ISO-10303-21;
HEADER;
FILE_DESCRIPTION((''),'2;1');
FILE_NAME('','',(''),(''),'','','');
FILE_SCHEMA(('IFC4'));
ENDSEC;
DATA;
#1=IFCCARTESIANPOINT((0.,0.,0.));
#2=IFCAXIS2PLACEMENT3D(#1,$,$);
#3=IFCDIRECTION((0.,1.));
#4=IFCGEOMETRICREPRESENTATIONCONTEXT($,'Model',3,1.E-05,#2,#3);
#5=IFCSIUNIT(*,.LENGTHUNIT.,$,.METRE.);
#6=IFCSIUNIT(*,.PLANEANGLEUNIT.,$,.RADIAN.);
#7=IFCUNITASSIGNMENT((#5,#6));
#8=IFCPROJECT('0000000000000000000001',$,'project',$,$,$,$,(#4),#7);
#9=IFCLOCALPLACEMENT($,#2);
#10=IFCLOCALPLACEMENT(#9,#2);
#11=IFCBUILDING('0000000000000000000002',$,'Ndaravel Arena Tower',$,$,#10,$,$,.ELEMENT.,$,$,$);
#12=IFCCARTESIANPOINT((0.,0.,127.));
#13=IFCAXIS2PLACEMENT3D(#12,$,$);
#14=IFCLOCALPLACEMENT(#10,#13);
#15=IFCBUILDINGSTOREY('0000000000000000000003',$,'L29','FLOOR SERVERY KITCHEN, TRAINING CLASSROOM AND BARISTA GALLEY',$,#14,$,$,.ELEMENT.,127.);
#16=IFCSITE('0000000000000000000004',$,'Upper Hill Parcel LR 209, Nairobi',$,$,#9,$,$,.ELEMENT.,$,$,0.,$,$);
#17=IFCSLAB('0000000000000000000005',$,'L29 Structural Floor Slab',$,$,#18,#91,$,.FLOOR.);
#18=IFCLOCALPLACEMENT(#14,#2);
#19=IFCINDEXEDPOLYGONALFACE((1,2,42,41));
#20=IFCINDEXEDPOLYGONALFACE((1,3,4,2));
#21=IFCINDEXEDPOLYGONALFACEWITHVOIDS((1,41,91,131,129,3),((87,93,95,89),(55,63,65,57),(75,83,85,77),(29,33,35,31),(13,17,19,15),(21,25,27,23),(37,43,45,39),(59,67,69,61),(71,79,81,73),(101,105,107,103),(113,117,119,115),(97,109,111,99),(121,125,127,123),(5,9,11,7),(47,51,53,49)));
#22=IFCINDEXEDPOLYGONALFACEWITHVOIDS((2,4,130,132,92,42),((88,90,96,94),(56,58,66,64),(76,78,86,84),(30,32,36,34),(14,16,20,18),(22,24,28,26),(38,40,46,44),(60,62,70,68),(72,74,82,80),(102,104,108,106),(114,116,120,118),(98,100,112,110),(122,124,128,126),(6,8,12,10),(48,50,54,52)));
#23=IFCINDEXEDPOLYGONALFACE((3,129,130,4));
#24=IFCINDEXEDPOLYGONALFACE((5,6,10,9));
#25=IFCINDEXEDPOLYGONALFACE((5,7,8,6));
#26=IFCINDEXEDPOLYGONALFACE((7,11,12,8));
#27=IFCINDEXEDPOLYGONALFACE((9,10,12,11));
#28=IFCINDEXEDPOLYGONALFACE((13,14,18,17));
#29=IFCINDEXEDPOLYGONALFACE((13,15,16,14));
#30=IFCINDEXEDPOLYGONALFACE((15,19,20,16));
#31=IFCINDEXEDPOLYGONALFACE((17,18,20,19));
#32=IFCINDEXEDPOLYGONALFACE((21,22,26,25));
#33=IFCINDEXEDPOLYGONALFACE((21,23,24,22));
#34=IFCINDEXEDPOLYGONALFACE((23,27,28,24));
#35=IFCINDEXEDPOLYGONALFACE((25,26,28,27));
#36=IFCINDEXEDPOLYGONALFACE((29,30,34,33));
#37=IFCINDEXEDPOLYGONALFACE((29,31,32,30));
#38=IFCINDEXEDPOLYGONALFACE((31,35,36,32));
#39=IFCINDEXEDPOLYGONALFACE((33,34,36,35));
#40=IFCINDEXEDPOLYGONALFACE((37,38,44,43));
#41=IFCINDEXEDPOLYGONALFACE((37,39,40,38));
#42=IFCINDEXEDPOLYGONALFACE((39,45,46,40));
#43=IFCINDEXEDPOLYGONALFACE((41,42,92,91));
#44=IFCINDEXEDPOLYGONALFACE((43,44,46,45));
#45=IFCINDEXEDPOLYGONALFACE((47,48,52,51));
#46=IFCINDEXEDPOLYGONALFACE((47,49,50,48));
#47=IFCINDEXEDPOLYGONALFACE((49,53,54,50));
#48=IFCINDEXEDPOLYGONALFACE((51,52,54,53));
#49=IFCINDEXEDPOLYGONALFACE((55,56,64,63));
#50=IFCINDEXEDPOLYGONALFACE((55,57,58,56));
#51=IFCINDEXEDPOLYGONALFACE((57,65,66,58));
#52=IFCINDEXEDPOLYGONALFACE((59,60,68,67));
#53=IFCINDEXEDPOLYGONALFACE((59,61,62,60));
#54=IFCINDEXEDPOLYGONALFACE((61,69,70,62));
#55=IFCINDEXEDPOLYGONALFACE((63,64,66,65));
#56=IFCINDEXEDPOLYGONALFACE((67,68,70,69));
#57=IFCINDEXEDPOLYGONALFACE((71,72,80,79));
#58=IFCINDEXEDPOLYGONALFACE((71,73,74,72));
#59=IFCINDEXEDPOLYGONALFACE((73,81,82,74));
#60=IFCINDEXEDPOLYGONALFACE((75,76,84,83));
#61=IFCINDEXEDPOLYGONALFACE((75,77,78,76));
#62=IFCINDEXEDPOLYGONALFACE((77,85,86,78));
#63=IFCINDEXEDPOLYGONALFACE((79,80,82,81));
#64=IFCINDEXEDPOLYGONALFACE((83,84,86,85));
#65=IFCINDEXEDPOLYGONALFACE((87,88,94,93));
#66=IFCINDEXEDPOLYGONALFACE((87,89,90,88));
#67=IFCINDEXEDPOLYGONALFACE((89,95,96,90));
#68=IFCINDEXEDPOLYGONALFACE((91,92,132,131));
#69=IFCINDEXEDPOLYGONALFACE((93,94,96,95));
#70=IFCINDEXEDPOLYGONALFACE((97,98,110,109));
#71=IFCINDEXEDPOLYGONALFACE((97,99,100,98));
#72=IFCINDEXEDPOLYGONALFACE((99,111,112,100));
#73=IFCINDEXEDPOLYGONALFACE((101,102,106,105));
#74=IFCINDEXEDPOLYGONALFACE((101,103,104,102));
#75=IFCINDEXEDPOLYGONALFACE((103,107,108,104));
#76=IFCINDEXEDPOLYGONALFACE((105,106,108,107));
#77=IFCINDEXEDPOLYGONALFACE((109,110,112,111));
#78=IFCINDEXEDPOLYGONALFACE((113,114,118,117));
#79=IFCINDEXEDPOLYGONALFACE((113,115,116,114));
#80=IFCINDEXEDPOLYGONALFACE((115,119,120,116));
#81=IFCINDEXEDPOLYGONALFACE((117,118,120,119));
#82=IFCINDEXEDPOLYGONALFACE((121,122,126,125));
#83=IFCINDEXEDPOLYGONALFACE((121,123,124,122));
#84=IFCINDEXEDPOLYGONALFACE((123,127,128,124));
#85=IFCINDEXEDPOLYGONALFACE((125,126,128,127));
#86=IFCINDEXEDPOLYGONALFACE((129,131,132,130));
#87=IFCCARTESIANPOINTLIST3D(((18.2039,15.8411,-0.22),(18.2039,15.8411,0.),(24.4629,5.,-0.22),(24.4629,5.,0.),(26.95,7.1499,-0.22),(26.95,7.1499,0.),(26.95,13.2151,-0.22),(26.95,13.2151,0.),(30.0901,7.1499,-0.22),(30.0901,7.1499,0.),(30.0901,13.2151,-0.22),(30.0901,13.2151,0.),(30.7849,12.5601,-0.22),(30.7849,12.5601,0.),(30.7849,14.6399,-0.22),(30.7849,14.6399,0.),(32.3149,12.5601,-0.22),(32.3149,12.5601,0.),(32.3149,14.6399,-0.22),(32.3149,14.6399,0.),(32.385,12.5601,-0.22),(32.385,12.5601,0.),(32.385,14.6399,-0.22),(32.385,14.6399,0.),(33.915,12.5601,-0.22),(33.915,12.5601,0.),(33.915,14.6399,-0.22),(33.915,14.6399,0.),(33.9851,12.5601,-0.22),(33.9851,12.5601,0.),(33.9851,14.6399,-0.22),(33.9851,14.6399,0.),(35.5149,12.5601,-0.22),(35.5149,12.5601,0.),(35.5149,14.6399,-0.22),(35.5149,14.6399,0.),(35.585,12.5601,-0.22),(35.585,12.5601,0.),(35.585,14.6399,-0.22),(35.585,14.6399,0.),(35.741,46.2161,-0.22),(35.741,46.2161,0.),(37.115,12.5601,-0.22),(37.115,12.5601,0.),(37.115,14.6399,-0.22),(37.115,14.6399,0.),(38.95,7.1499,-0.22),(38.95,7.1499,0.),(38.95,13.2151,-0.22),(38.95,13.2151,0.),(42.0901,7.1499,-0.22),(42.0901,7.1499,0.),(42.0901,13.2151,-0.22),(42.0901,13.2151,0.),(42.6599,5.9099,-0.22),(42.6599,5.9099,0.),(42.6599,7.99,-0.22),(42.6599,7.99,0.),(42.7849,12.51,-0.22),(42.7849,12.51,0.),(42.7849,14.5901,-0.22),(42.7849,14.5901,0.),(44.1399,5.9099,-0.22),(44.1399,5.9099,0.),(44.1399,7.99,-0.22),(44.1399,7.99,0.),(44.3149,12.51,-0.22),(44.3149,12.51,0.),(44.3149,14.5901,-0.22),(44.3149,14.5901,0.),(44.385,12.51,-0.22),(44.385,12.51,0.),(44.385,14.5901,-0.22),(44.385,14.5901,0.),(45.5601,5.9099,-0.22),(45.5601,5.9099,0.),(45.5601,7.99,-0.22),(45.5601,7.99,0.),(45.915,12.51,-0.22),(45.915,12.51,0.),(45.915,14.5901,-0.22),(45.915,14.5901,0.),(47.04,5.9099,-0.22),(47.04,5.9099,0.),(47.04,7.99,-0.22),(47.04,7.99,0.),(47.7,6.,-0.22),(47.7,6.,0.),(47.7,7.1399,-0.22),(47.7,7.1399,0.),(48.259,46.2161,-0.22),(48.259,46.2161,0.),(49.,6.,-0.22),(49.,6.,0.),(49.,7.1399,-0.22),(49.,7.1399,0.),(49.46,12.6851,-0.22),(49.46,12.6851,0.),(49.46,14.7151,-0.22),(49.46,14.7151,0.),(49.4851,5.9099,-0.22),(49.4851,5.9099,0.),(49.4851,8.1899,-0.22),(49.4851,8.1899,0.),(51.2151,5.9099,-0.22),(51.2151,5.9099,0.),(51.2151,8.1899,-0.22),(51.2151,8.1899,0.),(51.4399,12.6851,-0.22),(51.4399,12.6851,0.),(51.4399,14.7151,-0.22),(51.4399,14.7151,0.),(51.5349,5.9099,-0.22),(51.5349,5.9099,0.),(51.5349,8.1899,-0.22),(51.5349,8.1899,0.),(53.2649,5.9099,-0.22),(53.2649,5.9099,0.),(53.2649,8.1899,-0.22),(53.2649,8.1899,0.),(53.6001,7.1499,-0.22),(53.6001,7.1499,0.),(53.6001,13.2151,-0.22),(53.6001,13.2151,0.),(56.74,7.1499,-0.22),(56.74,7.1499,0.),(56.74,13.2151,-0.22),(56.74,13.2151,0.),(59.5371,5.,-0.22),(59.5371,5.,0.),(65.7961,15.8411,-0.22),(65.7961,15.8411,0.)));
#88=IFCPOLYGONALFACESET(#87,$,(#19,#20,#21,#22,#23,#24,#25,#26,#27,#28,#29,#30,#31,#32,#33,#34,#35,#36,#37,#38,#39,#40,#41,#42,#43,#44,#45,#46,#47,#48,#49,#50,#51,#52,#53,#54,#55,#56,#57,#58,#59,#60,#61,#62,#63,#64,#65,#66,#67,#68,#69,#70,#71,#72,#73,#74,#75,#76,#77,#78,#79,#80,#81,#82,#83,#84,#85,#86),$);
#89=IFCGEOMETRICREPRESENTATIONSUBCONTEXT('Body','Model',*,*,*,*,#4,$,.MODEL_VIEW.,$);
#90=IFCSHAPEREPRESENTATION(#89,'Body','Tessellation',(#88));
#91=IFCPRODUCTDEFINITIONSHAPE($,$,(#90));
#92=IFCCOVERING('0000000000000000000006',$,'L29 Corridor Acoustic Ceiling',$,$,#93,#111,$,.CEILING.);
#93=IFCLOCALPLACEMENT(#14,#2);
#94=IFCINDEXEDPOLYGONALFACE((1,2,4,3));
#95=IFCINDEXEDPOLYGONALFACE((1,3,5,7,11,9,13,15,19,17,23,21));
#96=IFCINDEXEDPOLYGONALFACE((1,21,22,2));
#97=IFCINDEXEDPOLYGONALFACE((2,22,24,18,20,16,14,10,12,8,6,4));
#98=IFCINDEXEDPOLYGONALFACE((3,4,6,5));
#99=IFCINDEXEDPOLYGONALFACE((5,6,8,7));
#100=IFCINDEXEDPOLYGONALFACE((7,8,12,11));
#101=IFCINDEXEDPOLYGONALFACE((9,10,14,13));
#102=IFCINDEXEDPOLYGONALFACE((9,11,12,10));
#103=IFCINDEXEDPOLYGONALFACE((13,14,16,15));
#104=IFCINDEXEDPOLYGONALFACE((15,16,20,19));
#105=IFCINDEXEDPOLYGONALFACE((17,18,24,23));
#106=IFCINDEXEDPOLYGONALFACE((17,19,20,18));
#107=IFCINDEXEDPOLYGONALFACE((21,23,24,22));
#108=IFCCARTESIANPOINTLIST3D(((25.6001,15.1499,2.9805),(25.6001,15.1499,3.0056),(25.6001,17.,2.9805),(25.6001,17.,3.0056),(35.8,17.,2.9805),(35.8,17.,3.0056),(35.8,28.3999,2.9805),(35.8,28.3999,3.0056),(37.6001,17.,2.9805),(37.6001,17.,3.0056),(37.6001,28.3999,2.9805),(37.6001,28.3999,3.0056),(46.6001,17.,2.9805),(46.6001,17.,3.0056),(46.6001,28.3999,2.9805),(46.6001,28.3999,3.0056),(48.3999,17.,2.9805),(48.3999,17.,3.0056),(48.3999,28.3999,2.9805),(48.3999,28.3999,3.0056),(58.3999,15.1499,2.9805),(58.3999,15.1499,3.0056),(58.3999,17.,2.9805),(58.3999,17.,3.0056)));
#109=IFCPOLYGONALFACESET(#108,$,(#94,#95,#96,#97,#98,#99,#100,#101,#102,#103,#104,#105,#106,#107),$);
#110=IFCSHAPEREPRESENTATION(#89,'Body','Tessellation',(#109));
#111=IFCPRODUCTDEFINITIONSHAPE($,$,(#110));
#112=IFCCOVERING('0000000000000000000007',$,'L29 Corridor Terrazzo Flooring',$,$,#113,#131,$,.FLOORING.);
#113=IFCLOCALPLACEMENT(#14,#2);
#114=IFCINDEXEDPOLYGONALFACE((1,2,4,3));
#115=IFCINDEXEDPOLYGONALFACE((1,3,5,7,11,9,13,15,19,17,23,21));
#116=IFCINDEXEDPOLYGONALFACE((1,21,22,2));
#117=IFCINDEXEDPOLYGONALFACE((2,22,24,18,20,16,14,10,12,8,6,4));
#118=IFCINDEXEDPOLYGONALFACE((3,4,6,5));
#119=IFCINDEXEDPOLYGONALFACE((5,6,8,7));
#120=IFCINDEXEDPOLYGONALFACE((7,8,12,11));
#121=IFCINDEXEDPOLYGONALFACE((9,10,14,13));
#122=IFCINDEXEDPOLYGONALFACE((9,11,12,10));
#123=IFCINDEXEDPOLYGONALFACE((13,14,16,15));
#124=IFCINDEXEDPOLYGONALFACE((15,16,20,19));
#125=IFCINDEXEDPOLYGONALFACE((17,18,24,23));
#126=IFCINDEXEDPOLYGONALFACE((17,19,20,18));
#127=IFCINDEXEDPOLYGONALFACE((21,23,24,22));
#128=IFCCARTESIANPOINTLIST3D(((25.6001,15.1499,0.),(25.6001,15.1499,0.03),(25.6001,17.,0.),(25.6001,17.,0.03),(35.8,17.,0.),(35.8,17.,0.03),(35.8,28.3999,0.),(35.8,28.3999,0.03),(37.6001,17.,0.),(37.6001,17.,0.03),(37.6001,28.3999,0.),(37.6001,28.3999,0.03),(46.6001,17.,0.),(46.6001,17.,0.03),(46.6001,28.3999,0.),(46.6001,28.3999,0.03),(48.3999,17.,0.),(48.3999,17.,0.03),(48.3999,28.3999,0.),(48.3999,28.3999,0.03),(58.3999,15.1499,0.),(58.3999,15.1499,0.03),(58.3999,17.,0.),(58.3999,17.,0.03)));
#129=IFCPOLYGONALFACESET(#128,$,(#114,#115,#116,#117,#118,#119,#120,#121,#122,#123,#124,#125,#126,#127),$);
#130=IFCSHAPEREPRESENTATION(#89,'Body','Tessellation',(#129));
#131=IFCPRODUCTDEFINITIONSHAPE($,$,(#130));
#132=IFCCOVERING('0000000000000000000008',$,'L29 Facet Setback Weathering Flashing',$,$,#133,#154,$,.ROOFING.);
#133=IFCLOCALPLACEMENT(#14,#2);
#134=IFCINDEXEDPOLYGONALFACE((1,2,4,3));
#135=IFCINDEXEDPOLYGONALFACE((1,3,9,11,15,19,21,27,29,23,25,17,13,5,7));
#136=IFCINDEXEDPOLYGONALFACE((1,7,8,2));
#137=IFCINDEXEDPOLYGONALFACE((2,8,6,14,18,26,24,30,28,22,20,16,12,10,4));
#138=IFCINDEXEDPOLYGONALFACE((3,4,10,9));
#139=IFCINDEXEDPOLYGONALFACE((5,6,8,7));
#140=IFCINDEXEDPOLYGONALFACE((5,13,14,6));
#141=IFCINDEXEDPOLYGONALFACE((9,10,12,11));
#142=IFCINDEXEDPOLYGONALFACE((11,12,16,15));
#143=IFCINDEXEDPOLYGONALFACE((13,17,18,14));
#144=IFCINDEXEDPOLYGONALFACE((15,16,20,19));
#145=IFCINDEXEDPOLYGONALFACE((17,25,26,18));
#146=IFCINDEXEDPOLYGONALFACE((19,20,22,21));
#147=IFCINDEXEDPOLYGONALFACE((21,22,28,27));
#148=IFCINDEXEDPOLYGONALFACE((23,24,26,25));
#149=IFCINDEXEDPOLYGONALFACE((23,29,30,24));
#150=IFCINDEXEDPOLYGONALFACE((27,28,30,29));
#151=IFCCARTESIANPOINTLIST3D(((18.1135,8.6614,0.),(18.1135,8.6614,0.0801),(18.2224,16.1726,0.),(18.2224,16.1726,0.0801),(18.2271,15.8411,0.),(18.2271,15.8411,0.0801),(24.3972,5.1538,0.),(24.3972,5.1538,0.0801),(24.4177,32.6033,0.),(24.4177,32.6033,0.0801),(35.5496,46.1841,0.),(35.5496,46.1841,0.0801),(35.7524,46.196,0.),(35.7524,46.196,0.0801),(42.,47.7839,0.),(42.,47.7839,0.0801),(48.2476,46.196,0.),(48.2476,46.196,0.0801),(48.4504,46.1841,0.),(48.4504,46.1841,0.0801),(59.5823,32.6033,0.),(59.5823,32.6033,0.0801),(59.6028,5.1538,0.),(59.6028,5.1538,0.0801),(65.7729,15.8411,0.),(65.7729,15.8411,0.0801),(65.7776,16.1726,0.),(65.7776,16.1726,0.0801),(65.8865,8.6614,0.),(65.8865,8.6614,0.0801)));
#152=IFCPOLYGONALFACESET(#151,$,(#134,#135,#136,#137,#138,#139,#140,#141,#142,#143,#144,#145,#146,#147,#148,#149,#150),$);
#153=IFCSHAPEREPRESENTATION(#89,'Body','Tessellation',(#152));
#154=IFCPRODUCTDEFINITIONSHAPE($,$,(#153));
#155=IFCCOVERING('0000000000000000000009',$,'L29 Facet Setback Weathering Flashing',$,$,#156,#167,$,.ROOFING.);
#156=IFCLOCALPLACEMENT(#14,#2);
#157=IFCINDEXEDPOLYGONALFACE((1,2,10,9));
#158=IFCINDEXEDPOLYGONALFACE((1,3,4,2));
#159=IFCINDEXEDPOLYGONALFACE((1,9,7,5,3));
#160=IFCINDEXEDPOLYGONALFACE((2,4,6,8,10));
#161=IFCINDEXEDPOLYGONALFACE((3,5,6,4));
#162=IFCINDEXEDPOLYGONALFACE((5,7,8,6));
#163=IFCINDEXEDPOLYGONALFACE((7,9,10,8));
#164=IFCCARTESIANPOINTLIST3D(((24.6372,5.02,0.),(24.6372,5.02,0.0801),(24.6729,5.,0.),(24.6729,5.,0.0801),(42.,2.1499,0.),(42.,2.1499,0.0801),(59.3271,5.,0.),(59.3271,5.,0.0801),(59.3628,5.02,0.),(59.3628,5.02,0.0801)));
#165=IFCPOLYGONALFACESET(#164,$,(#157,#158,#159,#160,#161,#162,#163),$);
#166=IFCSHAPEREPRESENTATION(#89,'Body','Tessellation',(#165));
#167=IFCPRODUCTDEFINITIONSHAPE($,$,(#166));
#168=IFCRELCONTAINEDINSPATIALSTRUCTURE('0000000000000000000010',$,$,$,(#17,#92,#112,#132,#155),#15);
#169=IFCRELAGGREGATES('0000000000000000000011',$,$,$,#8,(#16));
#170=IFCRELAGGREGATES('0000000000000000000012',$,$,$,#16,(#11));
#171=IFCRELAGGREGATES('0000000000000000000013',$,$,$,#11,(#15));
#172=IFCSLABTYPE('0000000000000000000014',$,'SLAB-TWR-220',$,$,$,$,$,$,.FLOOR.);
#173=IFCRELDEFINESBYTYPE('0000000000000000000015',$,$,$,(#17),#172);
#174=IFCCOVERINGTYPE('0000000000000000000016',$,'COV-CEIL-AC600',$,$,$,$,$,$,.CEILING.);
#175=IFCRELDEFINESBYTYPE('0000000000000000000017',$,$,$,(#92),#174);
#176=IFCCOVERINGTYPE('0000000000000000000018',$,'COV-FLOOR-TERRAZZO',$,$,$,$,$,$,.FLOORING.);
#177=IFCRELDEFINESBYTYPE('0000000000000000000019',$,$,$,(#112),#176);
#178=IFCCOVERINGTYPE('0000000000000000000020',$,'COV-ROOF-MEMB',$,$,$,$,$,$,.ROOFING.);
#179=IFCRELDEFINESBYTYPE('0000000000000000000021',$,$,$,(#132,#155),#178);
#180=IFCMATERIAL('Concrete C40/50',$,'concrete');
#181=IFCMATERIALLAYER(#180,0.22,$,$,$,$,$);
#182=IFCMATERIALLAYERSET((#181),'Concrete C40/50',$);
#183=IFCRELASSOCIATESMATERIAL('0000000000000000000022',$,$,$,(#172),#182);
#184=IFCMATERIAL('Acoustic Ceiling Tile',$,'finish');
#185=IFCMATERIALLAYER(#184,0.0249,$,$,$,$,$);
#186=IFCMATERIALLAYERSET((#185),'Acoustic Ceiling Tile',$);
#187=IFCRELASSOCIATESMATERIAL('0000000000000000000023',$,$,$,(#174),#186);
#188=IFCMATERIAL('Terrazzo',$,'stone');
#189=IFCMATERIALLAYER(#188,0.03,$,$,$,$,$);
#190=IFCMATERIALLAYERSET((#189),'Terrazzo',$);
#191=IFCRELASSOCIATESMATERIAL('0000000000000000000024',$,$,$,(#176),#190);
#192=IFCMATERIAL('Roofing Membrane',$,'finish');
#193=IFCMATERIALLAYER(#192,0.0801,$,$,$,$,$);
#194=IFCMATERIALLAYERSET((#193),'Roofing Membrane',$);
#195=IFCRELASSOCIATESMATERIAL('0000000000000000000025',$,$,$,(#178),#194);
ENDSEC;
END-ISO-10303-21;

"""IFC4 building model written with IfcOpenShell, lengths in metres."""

from ifc_helpers import new_model, si_unit, direction, frame, origin, place, context, subcontext, project, spatial, polyline, outline, extrude, material, layer, layer_set, type_object, element, save


model = new_model("IFC4")

# Units and contexts
model_context = context("Model", 3, precision=1e-05, world=origin(), true_north=direction((0.0, 1.0)))
body_context = subcontext(model_context, "Body", "Model", "MODEL_VIEW")
ifc_project = project(units=[si_unit("LENGTHUNIT", "METRE"), si_unit("PLANEANGLEUNIT", "RADIAN")], contexts=[model_context])

# Site, building, storey
site_placement = place(None, origin())
site = spatial("IfcSite", under=ifc_project, at=site_placement, Name="Upper Hill Parcel LR 209, Nairobi", CompositionType="ELEMENT", RefElevation=0.0)
building_placement = place(site_placement, origin())
building = spatial("IfcBuilding", under=site, at=building_placement, Name="Ndaravel Arena Tower", CompositionType="ELEMENT")
storey_placement = place(building_placement, frame((0.0, 0.0, 127.0)))
storey = spatial("IfcBuildingStorey", under=building, at=storey_placement, Name="L29", Description="FLOOR SERVERY KITCHEN, TRAINING CLASSROOM AND BARISTA GALLEY", CompositionType="ELEMENT", Elevation=127.0)

# Slab
ifc_material_1 = material(Name="Concrete C40/50", Category="concrete")
ifc_layer_1 = layer(ifc_material_1, 0.22)
ifc_layer_set_1 = layer_set([ifc_layer_1], Name="Concrete C40/50")
slab_type_1 = type_object("IfcSlabType", Name="SLAB-TWR-220", PredefinedType="FLOOR", material=ifc_layer_set_1)
slab_1_placement = place(storey_placement, frame((0.0, 0.0, -0.22)))
element("IfcSlab", 1, at=slab_1_placement, inside=storey, type_object=slab_type_1, Name="L29 Structural Floor Slab", PredefinedType="FLOOR", context=body_context, shape_type="SweptSolid", body=[
    extrude(outline(polyline([(18.2039, 15.8411), (24.4629, 5.0), (59.5371, 5.0), (65.7961, 15.8411), (48.259, 46.2161), (35.741, 46.2161), (18.2039, 15.8411)]), holes=[polyline([(26.95, 13.2151), (26.95, 7.1499), (30.0901, 7.1499), (30.0901, 13.2151), (26.95, 13.2151)]), polyline([(38.95, 13.2151), (38.95, 7.1499), (42.0901, 7.1499), (42.0901, 13.2151), (38.95, 13.2151)]), polyline([(53.6001, 13.2151), (53.6001, 7.1499), (56.74, 7.1499), (56.74, 13.2151), (53.6001, 13.2151)]), polyline([(30.7849, 12.5601), (32.3149, 12.5601), (32.3149, 14.6399), (30.7849, 14.6399), (30.7849, 12.5601)]), polyline([(32.385, 12.5601), (33.915, 12.5601), (33.915, 14.6399), (32.385, 14.6399), (32.385, 12.5601)]), polyline([(33.9851, 12.5601), (35.5149, 12.5601), (35.5149, 14.6399), (33.9851, 14.6399), (33.9851, 12.5601)]), polyline([(35.585, 12.5601), (37.115, 12.5601), (37.115, 14.6399), (35.585, 14.6399), (35.585, 12.5601)]), polyline([(42.6599, 5.9099), (44.1399, 5.9099), (44.1399, 7.99), (42.6599, 7.99), (42.6599, 5.9099)]), polyline([(45.5601, 5.9099), (47.04, 5.9099), (47.04, 7.99), (45.5601, 7.99), (45.5601, 5.9099)]), polyline([(42.7849, 12.51), (44.3149, 12.51), (44.3149, 14.5901), (42.7849, 14.5901), (42.7849, 12.51)]), polyline([(44.385, 12.51), (45.915, 12.51), (45.915, 14.5901), (44.385, 14.5901), (44.385, 12.51)]), polyline([(49.4851, 5.9099), (51.2151, 5.9099), (51.2151, 8.1899), (49.4851, 8.1899), (49.4851, 5.9099)]), polyline([(51.5349, 5.9099), (53.2649, 5.9099), (53.2649, 8.1899), (51.5349, 8.1899), (51.5349, 5.9099)]), polyline([(49.46, 12.6851), (51.4399, 12.6851), (51.4399, 14.7151), (49.46, 14.7151), (49.46, 12.6851)]), polyline([(47.7, 6.0), (49.0, 6.0), (49.0, 7.1399), (47.7, 7.1399), (47.7, 6.0)])]), origin(), (0.0, 0.0, 1.0), 0.22),
])

# Coverings
ifc_material_2 = material(Name="Acoustic Ceiling Tile", Category="finish")
ifc_layer_2 = layer(ifc_material_2, 0.0249)
ifc_layer_set_2 = layer_set([ifc_layer_2], Name="Acoustic Ceiling Tile")
covering_type_1 = type_object("IfcCoveringType", Name="COV-CEIL-AC600", PredefinedType="CEILING", material=ifc_layer_set_2)
covering_1_placement = place(storey_placement, frame((0.0, 0.0, 2.9805)))
element("IfcCovering", 2, at=covering_1_placement, inside=storey, type_object=covering_type_1, Name="L29 Corridor Acoustic Ceiling", PredefinedType="CEILING", context=body_context, shape_type="SweptSolid", body=[
    extrude(outline(polyline([(58.3999, 17.0), (48.3999, 17.0), (48.3999, 28.3999), (46.6001, 28.3999), (46.6001, 17.0), (37.6001, 17.0), (37.6001, 28.3999), (35.8, 28.3999), (35.8, 17.0), (25.6001, 17.0), (25.6001, 15.1499), (58.3999, 15.1499), (58.3999, 17.0)])), origin(), (0.0, 0.0, 1.0), 0.0251),
])
ifc_material_3 = material(Name="Terrazzo", Category="stone")
ifc_layer_3 = layer(ifc_material_3, 0.03)
ifc_layer_set_3 = layer_set([ifc_layer_3], Name="Terrazzo")
covering_type_2 = type_object("IfcCoveringType", Name="COV-FLOOR-TERRAZZO", PredefinedType="FLOORING", material=ifc_layer_set_3)
covering_2_placement = place(storey_placement, origin())
element("IfcCovering", 3, at=covering_2_placement, inside=storey, type_object=covering_type_2, Name="L29 Corridor Terrazzo Flooring", PredefinedType="FLOORING", context=body_context, shape_type="SweptSolid", body=[
    extrude(outline(polyline([(58.3999, 17.0), (48.3999, 17.0), (48.3999, 28.3999), (46.6001, 28.3999), (46.6001, 17.0), (37.6001, 17.0), (37.6001, 28.3999), (35.8, 28.3999), (35.8, 17.0), (25.6001, 17.0), (25.6001, 15.1499), (58.3999, 15.1499), (58.3999, 17.0)])), origin(), (0.0, 0.0, 1.0), 0.03),
])
ifc_material_4 = material(Name="Roofing Membrane", Category="finish")
ifc_layer_4 = layer(ifc_material_4, 0.0801)
ifc_layer_set_4 = layer_set([ifc_layer_4], Name="Roofing Membrane")
covering_type_3 = type_object("IfcCoveringType", Name="COV-ROOF-MEMB", PredefinedType="ROOFING", material=ifc_layer_set_4)
covering_3_placement = place(storey_placement, origin())
element("IfcCovering", 4, at=covering_3_placement, inside=storey, type_object=covering_type_3, Name="L29 Facet Setback Weathering Flashing", PredefinedType="ROOFING", context=body_context, shape_type="SweptSolid", body=[
    extrude(outline(polyline([(18.1135, 8.6614), (18.2224, 16.1726), (24.4177, 32.6033), (35.5496, 46.1841), (42.0, 47.7839), (48.4504, 46.1841), (59.5823, 32.6033), (65.7776, 16.1726), (65.8865, 8.6614), (59.6028, 5.1538), (65.7729, 15.8411), (48.2476, 46.196), (35.7524, 46.196), (18.2271, 15.8411), (24.3972, 5.1538), (18.1135, 8.6614)])), origin(), (0.0, 0.0, 1.0), 0.0801),
])
covering_4_placement = place(storey_placement, origin())
element("IfcCovering", 5, at=covering_4_placement, inside=storey, type_object=covering_type_3, Name="L29 Facet Setback Weathering Flashing", PredefinedType="ROOFING", context=body_context, shape_type="SweptSolid", body=[
    extrude(outline(polyline([(59.3271, 5.0), (42.0, 2.1499), (24.6729, 5.0), (24.6372, 5.02), (59.3628, 5.02), (59.3271, 5.0)])), origin(), (0.0, 0.0, 1.0), 0.0801),
])

save(model, "model.ifc")
